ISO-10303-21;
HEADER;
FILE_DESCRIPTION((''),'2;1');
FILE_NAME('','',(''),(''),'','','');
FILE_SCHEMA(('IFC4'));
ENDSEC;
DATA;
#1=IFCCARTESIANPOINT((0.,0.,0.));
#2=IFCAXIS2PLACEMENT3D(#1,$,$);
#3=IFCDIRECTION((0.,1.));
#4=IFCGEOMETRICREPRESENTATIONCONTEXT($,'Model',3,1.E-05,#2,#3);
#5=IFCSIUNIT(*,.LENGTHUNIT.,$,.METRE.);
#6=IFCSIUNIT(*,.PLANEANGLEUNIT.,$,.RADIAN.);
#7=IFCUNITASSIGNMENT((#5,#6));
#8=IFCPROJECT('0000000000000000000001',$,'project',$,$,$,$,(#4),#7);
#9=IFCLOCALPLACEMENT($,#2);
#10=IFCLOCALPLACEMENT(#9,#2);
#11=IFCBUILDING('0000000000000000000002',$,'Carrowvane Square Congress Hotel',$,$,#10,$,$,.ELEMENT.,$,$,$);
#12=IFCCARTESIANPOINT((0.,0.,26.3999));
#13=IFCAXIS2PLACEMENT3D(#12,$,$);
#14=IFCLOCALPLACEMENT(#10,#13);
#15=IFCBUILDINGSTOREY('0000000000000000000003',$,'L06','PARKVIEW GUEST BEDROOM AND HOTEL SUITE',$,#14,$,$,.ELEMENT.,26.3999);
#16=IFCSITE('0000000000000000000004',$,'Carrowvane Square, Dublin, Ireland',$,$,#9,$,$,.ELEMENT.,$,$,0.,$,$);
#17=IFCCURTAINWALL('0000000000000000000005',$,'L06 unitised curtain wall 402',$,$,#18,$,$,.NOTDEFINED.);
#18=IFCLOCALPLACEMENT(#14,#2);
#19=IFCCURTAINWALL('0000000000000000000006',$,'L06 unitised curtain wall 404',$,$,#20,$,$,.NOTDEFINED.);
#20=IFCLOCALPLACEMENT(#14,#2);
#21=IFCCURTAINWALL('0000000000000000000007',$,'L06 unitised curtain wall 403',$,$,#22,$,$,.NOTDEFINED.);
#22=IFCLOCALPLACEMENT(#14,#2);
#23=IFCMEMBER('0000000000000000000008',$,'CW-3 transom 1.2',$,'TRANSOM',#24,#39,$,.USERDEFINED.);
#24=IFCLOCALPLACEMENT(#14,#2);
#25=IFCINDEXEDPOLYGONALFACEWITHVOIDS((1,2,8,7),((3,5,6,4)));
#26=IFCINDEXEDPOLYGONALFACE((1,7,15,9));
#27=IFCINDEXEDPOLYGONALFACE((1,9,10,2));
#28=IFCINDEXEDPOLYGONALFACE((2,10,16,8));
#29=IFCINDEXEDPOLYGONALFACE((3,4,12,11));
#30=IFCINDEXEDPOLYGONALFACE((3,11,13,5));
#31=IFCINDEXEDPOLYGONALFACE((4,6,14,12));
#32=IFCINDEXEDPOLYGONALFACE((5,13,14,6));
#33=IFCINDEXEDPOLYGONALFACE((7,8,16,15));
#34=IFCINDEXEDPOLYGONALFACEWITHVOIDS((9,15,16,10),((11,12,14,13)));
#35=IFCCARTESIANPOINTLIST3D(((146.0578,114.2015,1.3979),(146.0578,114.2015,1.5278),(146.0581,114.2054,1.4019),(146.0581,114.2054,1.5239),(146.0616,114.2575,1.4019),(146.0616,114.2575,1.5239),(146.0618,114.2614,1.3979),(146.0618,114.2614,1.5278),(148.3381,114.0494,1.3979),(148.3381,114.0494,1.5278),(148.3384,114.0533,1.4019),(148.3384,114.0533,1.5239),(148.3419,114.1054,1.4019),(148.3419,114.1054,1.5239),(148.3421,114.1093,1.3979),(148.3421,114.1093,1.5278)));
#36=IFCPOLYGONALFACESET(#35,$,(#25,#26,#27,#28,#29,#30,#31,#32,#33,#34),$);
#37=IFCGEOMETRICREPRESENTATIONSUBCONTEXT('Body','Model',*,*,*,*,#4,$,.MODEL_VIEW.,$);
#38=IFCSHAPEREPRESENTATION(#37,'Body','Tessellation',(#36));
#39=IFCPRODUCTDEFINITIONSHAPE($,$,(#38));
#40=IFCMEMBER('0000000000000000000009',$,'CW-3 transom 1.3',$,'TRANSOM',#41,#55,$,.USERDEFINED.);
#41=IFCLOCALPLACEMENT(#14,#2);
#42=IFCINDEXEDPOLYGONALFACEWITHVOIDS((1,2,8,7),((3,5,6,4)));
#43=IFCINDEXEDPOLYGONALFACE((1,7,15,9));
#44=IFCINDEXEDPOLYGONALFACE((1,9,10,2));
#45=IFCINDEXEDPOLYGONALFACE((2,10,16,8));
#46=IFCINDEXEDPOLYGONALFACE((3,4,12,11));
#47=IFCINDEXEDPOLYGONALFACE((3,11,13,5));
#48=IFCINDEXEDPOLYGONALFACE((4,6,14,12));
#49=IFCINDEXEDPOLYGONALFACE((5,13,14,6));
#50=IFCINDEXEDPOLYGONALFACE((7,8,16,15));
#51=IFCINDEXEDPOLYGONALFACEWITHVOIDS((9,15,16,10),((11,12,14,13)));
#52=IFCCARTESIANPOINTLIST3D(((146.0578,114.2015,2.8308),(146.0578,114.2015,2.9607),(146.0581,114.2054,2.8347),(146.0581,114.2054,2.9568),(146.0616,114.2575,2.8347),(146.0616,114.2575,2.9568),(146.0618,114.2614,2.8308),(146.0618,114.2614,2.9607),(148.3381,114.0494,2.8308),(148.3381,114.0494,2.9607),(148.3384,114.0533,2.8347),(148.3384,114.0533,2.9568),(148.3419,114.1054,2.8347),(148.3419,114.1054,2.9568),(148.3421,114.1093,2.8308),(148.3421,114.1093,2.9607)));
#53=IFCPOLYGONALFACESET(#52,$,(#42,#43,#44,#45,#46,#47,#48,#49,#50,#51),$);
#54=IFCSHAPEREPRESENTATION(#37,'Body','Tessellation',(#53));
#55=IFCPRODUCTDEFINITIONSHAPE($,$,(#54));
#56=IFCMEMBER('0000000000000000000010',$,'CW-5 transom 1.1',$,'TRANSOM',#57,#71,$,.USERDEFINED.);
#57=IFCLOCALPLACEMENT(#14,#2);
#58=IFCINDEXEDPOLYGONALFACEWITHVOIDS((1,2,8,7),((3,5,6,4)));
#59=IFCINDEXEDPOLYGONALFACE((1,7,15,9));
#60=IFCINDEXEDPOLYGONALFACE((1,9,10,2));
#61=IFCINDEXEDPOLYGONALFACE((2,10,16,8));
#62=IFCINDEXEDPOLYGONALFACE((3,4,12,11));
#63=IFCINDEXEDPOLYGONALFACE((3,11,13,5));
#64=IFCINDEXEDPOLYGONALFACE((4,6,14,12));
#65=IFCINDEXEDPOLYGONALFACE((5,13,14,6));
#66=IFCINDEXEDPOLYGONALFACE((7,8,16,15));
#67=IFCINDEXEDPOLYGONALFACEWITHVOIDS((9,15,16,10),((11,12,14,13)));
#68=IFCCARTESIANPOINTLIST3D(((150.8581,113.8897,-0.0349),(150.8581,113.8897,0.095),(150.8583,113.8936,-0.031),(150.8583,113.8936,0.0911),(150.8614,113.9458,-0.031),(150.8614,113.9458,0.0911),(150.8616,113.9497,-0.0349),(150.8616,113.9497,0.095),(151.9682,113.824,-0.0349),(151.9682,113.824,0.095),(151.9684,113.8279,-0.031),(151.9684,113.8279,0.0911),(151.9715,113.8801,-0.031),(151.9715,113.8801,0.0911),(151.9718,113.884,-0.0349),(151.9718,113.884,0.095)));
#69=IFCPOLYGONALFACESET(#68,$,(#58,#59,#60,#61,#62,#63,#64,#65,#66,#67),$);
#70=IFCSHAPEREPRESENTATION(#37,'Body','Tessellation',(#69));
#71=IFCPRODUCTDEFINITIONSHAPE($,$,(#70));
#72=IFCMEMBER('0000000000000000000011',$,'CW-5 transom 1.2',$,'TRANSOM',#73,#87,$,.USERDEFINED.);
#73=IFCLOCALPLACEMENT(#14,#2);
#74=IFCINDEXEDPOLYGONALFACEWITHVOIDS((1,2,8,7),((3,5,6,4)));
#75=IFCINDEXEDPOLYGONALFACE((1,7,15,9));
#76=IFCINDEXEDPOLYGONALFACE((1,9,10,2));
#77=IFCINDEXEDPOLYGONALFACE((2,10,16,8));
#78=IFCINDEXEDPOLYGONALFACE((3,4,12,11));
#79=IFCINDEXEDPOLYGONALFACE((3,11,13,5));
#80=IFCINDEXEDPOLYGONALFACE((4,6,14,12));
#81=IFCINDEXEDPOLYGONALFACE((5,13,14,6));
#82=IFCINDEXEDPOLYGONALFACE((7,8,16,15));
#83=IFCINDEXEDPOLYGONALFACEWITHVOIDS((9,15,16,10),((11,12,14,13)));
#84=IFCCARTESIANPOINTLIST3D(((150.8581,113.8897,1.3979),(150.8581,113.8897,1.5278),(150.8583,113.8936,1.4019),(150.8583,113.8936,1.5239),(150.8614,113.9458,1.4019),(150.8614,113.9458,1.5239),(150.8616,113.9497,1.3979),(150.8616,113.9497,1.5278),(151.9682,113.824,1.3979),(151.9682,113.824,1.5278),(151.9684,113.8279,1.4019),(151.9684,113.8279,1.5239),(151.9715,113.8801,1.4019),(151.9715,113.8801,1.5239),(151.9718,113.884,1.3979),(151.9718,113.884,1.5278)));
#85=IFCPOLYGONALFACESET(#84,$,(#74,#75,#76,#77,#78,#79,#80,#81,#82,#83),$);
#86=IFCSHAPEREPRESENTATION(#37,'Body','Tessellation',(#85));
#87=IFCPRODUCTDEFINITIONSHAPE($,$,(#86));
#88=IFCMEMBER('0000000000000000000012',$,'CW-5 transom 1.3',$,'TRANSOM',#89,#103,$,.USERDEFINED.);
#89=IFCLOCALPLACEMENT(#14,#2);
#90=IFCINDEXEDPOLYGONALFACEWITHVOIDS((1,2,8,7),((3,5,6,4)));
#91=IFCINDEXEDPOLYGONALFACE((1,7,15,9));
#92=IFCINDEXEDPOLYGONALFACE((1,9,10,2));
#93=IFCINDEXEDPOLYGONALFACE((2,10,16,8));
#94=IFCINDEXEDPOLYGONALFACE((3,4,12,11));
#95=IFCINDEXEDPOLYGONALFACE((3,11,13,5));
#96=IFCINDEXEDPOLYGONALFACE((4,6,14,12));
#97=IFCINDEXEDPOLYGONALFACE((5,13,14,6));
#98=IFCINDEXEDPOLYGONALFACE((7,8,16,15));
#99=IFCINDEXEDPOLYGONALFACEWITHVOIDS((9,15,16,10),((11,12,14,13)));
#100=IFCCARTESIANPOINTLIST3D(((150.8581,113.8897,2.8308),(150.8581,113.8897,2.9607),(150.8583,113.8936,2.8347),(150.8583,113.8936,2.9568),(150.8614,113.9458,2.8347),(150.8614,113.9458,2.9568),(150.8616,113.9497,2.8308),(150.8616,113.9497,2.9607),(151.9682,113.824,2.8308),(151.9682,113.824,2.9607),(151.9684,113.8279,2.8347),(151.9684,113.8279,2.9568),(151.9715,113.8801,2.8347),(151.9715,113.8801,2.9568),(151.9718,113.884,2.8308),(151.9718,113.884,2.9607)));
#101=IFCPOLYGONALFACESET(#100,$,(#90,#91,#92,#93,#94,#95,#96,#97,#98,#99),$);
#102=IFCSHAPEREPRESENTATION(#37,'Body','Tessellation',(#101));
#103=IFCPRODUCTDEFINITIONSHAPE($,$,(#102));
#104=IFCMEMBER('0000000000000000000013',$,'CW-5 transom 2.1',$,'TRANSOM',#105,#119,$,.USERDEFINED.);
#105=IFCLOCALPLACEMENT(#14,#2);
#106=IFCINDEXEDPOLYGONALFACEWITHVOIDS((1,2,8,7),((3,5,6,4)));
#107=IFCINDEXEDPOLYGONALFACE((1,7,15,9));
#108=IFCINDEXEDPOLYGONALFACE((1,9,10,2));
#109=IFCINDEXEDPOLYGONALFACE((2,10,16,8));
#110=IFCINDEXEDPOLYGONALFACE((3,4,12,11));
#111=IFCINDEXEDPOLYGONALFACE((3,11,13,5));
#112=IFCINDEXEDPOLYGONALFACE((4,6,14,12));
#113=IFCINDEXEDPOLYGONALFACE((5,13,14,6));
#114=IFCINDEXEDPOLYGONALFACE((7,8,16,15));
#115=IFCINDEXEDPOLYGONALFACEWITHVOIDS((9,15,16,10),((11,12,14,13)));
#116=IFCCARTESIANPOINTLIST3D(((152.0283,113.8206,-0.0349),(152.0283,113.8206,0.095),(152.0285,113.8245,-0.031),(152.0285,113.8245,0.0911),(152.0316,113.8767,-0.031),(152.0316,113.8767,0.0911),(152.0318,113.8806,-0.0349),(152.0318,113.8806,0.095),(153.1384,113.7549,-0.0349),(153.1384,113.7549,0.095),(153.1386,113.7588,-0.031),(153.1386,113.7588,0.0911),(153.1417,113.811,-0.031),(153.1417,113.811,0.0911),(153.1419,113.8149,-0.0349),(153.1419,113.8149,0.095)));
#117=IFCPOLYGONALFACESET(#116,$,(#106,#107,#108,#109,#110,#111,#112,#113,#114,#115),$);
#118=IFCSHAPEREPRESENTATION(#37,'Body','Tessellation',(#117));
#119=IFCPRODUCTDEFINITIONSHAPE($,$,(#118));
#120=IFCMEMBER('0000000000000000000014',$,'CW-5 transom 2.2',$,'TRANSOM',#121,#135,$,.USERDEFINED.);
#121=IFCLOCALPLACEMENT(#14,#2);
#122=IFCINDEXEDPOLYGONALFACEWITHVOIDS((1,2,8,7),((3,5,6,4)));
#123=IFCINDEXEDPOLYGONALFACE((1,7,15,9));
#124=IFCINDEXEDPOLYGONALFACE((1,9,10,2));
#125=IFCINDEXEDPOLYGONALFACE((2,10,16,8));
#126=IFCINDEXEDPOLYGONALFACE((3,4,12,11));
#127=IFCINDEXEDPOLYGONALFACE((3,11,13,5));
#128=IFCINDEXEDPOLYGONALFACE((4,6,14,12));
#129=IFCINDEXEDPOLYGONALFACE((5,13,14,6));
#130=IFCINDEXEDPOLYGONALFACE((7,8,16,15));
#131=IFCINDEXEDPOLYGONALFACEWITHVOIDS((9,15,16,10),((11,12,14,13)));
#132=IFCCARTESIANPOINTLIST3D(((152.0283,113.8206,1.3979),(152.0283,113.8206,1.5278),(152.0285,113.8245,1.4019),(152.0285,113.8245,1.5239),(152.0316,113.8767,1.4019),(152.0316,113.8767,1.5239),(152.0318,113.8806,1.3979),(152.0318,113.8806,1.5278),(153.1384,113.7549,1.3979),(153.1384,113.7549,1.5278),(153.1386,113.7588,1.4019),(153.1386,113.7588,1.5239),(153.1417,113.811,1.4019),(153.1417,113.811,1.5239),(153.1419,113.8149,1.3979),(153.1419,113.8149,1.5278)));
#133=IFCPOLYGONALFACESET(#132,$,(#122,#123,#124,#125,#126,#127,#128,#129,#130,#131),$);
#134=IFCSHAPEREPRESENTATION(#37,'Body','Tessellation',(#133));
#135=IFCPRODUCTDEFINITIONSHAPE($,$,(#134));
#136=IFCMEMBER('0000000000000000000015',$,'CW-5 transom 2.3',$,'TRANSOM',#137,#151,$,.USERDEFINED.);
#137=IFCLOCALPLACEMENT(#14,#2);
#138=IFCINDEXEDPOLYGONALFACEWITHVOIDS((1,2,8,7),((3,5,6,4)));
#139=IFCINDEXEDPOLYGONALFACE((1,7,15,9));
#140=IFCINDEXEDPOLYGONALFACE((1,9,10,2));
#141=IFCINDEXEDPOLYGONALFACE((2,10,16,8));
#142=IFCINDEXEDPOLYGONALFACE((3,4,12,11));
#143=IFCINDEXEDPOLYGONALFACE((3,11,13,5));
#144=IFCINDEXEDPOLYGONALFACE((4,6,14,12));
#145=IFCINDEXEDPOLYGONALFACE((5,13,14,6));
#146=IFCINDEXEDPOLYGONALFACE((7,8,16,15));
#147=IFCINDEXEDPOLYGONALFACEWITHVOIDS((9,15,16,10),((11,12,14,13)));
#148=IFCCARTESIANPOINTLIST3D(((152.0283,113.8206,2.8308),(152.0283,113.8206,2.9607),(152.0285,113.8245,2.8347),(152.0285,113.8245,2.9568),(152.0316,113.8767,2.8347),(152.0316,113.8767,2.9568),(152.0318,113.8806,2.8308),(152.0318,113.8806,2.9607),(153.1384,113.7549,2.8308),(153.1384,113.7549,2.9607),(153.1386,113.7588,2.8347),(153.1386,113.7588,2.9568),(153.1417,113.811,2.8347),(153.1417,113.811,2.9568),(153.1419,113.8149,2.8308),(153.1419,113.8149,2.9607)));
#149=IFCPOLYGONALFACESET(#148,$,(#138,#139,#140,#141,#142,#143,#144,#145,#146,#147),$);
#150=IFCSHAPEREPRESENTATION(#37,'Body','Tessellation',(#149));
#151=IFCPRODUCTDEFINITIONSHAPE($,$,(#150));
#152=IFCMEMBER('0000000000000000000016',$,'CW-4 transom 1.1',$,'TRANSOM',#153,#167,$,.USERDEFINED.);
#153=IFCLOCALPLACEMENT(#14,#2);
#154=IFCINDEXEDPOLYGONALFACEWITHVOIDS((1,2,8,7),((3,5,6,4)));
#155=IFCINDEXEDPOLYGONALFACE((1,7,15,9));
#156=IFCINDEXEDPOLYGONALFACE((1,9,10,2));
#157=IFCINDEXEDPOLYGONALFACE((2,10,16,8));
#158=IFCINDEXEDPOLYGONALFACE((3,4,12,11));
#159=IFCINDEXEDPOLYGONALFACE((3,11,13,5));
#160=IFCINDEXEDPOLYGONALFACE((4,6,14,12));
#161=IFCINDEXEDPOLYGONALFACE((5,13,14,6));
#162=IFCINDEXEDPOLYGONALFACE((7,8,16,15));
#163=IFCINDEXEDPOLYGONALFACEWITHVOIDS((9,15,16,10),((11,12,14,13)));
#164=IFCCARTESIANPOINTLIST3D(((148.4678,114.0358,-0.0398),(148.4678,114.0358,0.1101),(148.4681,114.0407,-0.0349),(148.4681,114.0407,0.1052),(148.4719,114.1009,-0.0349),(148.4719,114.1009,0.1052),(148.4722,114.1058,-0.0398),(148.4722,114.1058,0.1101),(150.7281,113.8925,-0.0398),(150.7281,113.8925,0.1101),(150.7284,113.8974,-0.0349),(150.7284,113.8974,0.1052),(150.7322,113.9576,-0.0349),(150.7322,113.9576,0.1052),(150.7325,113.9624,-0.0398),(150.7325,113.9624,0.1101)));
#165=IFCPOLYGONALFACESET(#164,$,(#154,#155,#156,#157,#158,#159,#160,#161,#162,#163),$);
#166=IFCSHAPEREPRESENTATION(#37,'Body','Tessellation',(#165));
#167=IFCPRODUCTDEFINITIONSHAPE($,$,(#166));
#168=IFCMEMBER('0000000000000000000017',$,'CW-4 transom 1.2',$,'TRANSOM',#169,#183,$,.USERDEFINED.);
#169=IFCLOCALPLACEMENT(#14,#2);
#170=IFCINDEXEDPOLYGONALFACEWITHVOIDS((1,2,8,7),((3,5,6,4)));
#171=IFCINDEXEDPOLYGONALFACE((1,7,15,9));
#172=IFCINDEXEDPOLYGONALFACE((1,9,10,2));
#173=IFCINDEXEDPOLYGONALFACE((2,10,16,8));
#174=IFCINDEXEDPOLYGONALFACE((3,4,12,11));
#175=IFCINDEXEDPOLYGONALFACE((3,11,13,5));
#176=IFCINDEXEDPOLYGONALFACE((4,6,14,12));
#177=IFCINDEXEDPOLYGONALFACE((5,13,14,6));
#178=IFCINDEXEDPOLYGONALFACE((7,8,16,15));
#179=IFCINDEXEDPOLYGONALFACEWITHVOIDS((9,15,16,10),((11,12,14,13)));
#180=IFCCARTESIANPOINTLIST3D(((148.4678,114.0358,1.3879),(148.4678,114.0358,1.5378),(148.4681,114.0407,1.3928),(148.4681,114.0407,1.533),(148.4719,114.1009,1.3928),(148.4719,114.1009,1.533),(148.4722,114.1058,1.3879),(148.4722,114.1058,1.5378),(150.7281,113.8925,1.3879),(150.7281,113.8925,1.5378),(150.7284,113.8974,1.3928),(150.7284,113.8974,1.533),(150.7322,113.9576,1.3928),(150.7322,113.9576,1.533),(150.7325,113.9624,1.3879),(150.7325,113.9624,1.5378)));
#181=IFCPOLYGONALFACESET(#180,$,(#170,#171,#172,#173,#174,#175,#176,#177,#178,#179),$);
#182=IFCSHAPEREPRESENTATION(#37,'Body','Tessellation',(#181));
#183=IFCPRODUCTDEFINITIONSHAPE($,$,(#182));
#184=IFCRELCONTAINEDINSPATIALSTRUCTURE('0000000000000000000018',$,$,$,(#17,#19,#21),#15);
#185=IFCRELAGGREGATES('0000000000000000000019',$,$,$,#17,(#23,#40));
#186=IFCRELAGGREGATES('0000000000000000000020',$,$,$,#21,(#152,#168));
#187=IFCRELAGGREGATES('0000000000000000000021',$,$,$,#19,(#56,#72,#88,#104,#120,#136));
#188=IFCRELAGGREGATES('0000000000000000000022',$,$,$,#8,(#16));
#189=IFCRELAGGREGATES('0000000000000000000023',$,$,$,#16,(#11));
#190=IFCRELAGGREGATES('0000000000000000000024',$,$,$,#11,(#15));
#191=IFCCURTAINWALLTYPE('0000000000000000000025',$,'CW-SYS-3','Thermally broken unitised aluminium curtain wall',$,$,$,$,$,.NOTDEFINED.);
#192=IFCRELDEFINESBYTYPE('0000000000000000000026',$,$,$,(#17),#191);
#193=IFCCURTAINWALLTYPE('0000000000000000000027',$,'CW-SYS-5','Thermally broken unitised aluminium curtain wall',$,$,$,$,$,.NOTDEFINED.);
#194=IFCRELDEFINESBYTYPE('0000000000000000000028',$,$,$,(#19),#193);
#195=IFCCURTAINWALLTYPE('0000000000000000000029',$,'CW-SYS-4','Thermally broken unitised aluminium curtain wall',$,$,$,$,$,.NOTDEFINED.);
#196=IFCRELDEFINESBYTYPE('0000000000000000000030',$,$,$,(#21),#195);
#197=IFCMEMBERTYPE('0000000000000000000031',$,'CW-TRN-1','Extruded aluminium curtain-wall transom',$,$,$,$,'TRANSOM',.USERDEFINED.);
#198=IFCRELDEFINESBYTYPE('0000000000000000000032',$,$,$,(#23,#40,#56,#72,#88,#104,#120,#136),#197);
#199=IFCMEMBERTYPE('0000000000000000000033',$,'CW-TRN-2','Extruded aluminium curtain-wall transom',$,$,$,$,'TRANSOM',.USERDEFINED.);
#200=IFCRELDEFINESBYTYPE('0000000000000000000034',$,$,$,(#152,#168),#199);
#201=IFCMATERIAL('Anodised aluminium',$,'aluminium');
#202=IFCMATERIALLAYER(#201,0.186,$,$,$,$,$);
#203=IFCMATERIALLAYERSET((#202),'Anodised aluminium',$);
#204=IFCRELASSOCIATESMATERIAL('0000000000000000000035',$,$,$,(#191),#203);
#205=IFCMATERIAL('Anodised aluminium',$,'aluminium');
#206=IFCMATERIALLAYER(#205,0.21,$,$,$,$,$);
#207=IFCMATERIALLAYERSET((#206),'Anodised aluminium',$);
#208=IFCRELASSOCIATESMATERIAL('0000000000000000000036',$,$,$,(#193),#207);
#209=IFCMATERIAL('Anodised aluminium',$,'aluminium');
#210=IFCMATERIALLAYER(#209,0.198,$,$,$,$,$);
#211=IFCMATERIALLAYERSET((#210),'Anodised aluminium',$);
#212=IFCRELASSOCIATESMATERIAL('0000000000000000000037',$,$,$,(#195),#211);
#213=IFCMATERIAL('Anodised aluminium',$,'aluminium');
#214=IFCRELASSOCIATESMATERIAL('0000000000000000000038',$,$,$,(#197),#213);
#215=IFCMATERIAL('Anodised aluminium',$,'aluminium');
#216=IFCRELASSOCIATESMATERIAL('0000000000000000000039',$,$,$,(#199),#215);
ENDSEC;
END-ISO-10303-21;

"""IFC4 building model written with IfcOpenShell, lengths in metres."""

from ifc_helpers import new_model, si_unit, direction, frame, origin, origin_2d, place, context, subcontext, project, spatial, hollow_rectangle, extrude, material, layer, layer_set, material_profile, profile_set, type_object, element, aggregate, save


model = new_model("IFC4")

# Units and contexts
model_context = context("Model", 3, precision=1e-05, world=origin(), true_north=direction((0.0, 1.0)))
body_context = subcontext(model_context, "Body", "Model", "MODEL_VIEW")
ifc_project = project(units=[si_unit("LENGTHUNIT", "METRE"), si_unit("PLANEANGLEUNIT", "RADIAN")], contexts=[model_context])

# Site, building, storey
site_placement = place(None, origin())
site = spatial("IfcSite", under=ifc_project, at=site_placement, Name="Carrowvane Square, Dublin, Ireland", CompositionType="ELEMENT", RefElevation=0.0)
building_placement = place(site_placement, origin())
building = spatial("IfcBuilding", under=site, at=building_placement, Name="Carrowvane Square Congress Hotel", CompositionType="ELEMENT")
storey_placement = place(building_placement, frame((0.0, 0.0, 26.3999)))
storey = spatial("IfcBuildingStorey", under=building, at=storey_placement, Name="L06", Description="PARKVIEW GUEST BEDROOM AND HOTEL SUITE", CompositionType="ELEMENT", Elevation=26.3999)

# Curtain walls
ifc_material_1 = material(Name="Anodised aluminium", Category="aluminium")
ifc_layer_1 = layer(ifc_material_1, 0.186)
ifc_layer_set_1 = layer_set([ifc_layer_1], Name="Anodised aluminium")
curtain_wall_type_1 = type_object("IfcCurtainWallType", Name="CW-SYS-3", Description="Thermally broken unitised aluminium curtain wall", PredefinedType="NOTDEFINED", material=ifc_layer_set_1)
curtain_wall_1_placement = place(storey_placement, origin())
curtain_wall_1 = element("IfcCurtainWall", 1, at=curtain_wall_1_placement, inside=storey, type_object=curtain_wall_type_1, Name="L06 unitised curtain wall 402", PredefinedType="NOTDEFINED")
ifc_material_2 = material(Name="Anodised aluminium", Category="aluminium")
ifc_layer_2 = layer(ifc_material_2, 0.21)
ifc_layer_set_2 = layer_set([ifc_layer_2], Name="Anodised aluminium")
curtain_wall_type_2 = type_object("IfcCurtainWallType", Name="CW-SYS-5", Description="Thermally broken unitised aluminium curtain wall", PredefinedType="NOTDEFINED", material=ifc_layer_set_2)
curtain_wall_2_placement = place(storey_placement, origin())
curtain_wall_2 = element("IfcCurtainWall", 2, at=curtain_wall_2_placement, inside=storey, type_object=curtain_wall_type_2, Name="L06 unitised curtain wall 404", PredefinedType="NOTDEFINED")

# Curtain wall
ifc_material_3 = material(Name="Anodised aluminium", Category="aluminium")
ifc_layer_3 = layer(ifc_material_3, 0.198)
ifc_layer_set_3 = layer_set([ifc_layer_3], Name="Anodised aluminium")
curtain_wall_type_3 = type_object("IfcCurtainWallType", Name="CW-SYS-4", Description="Thermally broken unitised aluminium curtain wall", PredefinedType="NOTDEFINED", material=ifc_layer_set_3)
curtain_wall_3_placement = place(storey_placement, origin())
curtain_wall_3 = element("IfcCurtainWall", 3, at=curtain_wall_3_placement, inside=storey, type_object=curtain_wall_type_3, Name="L06 unitised curtain wall 403", PredefinedType="NOTDEFINED")

# Members
ifc_material_4 = material(Name="Anodised aluminium", Category="aluminium")
ifc_material_profile_1 = material_profile(ifc_material_4, hollow_rectangle(XDim=0.0601, YDim=0.1299, WallThickness=0.0039, at=origin_2d()), Name="CW-TR 60x130x4")
ifc_profile_set_1 = profile_set([ifc_material_profile_1], Name="Anodised aluminium")
member_type_1 = type_object("IfcMemberType", Name="CW-TRN-1", Description="Extruded aluminium curtain-wall transom", ElementType="TRANSOM", PredefinedType="USERDEFINED", material=ifc_profile_set_1)
member_1_placement = place(storey_placement, frame((146.0598, 114.2314, 1.4629), z_axis=(0.997783, -0.066554, 0.0), x_axis=(0.066554, 0.997783, 0.0)))
member_1 = element("IfcMember", 4, at=member_1_placement, type_object=member_type_1, Name="CW-3 transom 1.2", ObjectType="TRANSOM", PredefinedType="USERDEFINED", context=body_context, shape_type="SweptSolid", body=[
    extrude(hollow_rectangle(XDim=0.0601, YDim=0.1299, WallThickness=0.0039, at=origin_2d()), origin(), (0.0, 0.0, 1.0), 2.2854),
])
member_2_placement = place(storey_placement, frame((146.0598, 114.2314, 2.8958), z_axis=(0.997783, -0.066554, 0.0), x_axis=(0.066554, 0.997783, 0.0)))
member_2 = element("IfcMember", 5, at=member_2_placement, type_object=member_type_1, Name="CW-3 transom 1.3", ObjectType="TRANSOM", PredefinedType="USERDEFINED", context=body_context, shape_type="SweptSolid", body=[
    extrude(hollow_rectangle(XDim=0.0601, YDim=0.1299, WallThickness=0.0039, at=origin_2d()), origin(), (0.0, 0.0, 1.0), 2.2854),
])
member_3_placement = place(storey_placement, frame((150.8599, 113.9197, 0.03), z_axis=(0.998255, -0.059057, 0.0), x_axis=(0.059057, 0.998255, 0.0)))
member_3 = element("IfcMember", 6, at=member_3_placement, type_object=member_type_1, Name="CW-5 transom 1.1", ObjectType="TRANSOM", PredefinedType="USERDEFINED", context=body_context, shape_type="SweptSolid", body=[
    extrude(hollow_rectangle(XDim=0.0601, YDim=0.1299, WallThickness=0.0039, at=origin_2d()), origin(), (0.0, 0.0, 1.0), 1.1121),
])
member_4_placement = place(storey_placement, frame((150.8599, 113.9197, 1.4629), z_axis=(0.998255, -0.059057, 0.0), x_axis=(0.059057, 0.998255, 0.0)))
member_4 = element("IfcMember", 7, at=member_4_placement, type_object=member_type_1, Name="CW-5 transom 1.2", ObjectType="TRANSOM", PredefinedType="USERDEFINED", context=body_context, shape_type="SweptSolid", body=[
    extrude(hollow_rectangle(XDim=0.0601, YDim=0.1299, WallThickness=0.0039, at=origin_2d()), origin(), (0.0, 0.0, 1.0), 1.1121),
])
member_5_placement = place(storey_placement, frame((150.8599, 113.9197, 2.8958), z_axis=(0.998255, -0.059057, 0.0), x_axis=(0.059057, 0.998255, 0.0)))
member_5 = element("IfcMember", 8, at=member_5_placement, type_object=member_type_1, Name="CW-5 transom 1.3", ObjectType="TRANSOM", PredefinedType="USERDEFINED", context=body_context, shape_type="SweptSolid", body=[
    extrude(hollow_rectangle(XDim=0.0601, YDim=0.1299, WallThickness=0.0039, at=origin_2d()), origin(), (0.0, 0.0, 1.0), 1.1121),
])
member_6_placement = place(storey_placement, frame((152.03, 113.8506, 0.03), z_axis=(0.998255, -0.059057, 0.0), x_axis=(0.059057, 0.998255, 0.0)))
member_6 = element("IfcMember", 9, at=member_6_placement, type_object=member_type_1, Name="CW-5 transom 2.1", ObjectType="TRANSOM", PredefinedType="USERDEFINED", context=body_context, shape_type="SweptSolid", body=[
    extrude(hollow_rectangle(XDim=0.0601, YDim=0.1299, WallThickness=0.0039, at=origin_2d()), origin(), (0.0, 0.0, 1.0), 1.1121),
])
member_7_placement = place(storey_placement, frame((152.03, 113.8506, 1.4629), z_axis=(0.998255, -0.059057, 0.0), x_axis=(0.059057, 0.998255, 0.0)))
member_7 = element("IfcMember", 10, at=member_7_placement, type_object=member_type_1, Name="CW-5 transom 2.2", ObjectType="TRANSOM", PredefinedType="USERDEFINED", context=body_context, shape_type="SweptSolid", body=[
    extrude(hollow_rectangle(XDim=0.0601, YDim=0.1299, WallThickness=0.0039, at=origin_2d()), origin(), (0.0, 0.0, 1.0), 1.1121),
])
member_8_placement = place(storey_placement, frame((152.03, 113.8506, 2.8958), z_axis=(0.998255, -0.059057, 0.0), x_axis=(0.059057, 0.998255, 0.0)))
member_8 = element("IfcMember", 11, at=member_8_placement, type_object=member_type_1, Name="CW-5 transom 2.3", ObjectType="TRANSOM", PredefinedType="USERDEFINED", context=body_context, shape_type="SweptSolid", body=[
    extrude(hollow_rectangle(XDim=0.0601, YDim=0.1299, WallThickness=0.0039, at=origin_2d()), origin(), (0.0, 0.0, 1.0), 1.1121),
])
ifc_material_5 = material(Name="Anodised aluminium", Category="aluminium")
ifc_material_profile_2 = material_profile(ifc_material_5, hollow_rectangle(XDim=0.0701, YDim=0.1499, WallThickness=0.0049, at=origin_2d()), Name="CW-TR 70x150x5")
ifc_profile_set_2 = profile_set([ifc_material_profile_2], Name="Anodised aluminium")
member_type_2 = type_object("IfcMemberType", Name="CW-TRN-2", Description="Extruded aluminium curtain-wall transom", ElementType="TRANSOM", PredefinedType="USERDEFINED", material=ifc_profile_set_2)
member_9_placement = place(storey_placement, frame((148.47, 114.0708, 0.0352), z_axis=(0.997996, -0.063278, 0.0), x_axis=(0.063278, 0.997996, 0.0)))
member_9 = element("IfcMember", 12, at=member_9_placement, type_object=member_type_2, Name="CW-4 transom 1.1", ObjectType="TRANSOM", PredefinedType="USERDEFINED", context=body_context, shape_type="SweptSolid", body=[
    extrude(hollow_rectangle(XDim=0.0701, YDim=0.1499, WallThickness=0.0049, at=origin_2d()), origin(), (0.0, 0.0, 1.0), 2.2649),
])
member_10_placement = place(storey_placement, frame((148.47, 114.0708, 1.4629), z_axis=(0.997996, -0.063278, 0.0), x_axis=(0.063278, 0.997996, 0.0)))
member_10 = element("IfcMember", 13, at=member_10_placement, type_object=member_type_2, Name="CW-4 transom 1.2", ObjectType="TRANSOM", PredefinedType="USERDEFINED", context=body_context, shape_type="SweptSolid", body=[
    extrude(hollow_rectangle(XDim=0.0701, YDim=0.1499, WallThickness=0.0049, at=origin_2d()), origin(), (0.0, 0.0, 1.0), 2.2649),
])

aggregate(curtain_wall_1, [member_1, member_2])
aggregate(curtain_wall_3, [member_9, member_10])
aggregate(curtain_wall_2, [member_3, member_4, member_5, member_6, member_7, member_8])

save(model, "model.ifc")
